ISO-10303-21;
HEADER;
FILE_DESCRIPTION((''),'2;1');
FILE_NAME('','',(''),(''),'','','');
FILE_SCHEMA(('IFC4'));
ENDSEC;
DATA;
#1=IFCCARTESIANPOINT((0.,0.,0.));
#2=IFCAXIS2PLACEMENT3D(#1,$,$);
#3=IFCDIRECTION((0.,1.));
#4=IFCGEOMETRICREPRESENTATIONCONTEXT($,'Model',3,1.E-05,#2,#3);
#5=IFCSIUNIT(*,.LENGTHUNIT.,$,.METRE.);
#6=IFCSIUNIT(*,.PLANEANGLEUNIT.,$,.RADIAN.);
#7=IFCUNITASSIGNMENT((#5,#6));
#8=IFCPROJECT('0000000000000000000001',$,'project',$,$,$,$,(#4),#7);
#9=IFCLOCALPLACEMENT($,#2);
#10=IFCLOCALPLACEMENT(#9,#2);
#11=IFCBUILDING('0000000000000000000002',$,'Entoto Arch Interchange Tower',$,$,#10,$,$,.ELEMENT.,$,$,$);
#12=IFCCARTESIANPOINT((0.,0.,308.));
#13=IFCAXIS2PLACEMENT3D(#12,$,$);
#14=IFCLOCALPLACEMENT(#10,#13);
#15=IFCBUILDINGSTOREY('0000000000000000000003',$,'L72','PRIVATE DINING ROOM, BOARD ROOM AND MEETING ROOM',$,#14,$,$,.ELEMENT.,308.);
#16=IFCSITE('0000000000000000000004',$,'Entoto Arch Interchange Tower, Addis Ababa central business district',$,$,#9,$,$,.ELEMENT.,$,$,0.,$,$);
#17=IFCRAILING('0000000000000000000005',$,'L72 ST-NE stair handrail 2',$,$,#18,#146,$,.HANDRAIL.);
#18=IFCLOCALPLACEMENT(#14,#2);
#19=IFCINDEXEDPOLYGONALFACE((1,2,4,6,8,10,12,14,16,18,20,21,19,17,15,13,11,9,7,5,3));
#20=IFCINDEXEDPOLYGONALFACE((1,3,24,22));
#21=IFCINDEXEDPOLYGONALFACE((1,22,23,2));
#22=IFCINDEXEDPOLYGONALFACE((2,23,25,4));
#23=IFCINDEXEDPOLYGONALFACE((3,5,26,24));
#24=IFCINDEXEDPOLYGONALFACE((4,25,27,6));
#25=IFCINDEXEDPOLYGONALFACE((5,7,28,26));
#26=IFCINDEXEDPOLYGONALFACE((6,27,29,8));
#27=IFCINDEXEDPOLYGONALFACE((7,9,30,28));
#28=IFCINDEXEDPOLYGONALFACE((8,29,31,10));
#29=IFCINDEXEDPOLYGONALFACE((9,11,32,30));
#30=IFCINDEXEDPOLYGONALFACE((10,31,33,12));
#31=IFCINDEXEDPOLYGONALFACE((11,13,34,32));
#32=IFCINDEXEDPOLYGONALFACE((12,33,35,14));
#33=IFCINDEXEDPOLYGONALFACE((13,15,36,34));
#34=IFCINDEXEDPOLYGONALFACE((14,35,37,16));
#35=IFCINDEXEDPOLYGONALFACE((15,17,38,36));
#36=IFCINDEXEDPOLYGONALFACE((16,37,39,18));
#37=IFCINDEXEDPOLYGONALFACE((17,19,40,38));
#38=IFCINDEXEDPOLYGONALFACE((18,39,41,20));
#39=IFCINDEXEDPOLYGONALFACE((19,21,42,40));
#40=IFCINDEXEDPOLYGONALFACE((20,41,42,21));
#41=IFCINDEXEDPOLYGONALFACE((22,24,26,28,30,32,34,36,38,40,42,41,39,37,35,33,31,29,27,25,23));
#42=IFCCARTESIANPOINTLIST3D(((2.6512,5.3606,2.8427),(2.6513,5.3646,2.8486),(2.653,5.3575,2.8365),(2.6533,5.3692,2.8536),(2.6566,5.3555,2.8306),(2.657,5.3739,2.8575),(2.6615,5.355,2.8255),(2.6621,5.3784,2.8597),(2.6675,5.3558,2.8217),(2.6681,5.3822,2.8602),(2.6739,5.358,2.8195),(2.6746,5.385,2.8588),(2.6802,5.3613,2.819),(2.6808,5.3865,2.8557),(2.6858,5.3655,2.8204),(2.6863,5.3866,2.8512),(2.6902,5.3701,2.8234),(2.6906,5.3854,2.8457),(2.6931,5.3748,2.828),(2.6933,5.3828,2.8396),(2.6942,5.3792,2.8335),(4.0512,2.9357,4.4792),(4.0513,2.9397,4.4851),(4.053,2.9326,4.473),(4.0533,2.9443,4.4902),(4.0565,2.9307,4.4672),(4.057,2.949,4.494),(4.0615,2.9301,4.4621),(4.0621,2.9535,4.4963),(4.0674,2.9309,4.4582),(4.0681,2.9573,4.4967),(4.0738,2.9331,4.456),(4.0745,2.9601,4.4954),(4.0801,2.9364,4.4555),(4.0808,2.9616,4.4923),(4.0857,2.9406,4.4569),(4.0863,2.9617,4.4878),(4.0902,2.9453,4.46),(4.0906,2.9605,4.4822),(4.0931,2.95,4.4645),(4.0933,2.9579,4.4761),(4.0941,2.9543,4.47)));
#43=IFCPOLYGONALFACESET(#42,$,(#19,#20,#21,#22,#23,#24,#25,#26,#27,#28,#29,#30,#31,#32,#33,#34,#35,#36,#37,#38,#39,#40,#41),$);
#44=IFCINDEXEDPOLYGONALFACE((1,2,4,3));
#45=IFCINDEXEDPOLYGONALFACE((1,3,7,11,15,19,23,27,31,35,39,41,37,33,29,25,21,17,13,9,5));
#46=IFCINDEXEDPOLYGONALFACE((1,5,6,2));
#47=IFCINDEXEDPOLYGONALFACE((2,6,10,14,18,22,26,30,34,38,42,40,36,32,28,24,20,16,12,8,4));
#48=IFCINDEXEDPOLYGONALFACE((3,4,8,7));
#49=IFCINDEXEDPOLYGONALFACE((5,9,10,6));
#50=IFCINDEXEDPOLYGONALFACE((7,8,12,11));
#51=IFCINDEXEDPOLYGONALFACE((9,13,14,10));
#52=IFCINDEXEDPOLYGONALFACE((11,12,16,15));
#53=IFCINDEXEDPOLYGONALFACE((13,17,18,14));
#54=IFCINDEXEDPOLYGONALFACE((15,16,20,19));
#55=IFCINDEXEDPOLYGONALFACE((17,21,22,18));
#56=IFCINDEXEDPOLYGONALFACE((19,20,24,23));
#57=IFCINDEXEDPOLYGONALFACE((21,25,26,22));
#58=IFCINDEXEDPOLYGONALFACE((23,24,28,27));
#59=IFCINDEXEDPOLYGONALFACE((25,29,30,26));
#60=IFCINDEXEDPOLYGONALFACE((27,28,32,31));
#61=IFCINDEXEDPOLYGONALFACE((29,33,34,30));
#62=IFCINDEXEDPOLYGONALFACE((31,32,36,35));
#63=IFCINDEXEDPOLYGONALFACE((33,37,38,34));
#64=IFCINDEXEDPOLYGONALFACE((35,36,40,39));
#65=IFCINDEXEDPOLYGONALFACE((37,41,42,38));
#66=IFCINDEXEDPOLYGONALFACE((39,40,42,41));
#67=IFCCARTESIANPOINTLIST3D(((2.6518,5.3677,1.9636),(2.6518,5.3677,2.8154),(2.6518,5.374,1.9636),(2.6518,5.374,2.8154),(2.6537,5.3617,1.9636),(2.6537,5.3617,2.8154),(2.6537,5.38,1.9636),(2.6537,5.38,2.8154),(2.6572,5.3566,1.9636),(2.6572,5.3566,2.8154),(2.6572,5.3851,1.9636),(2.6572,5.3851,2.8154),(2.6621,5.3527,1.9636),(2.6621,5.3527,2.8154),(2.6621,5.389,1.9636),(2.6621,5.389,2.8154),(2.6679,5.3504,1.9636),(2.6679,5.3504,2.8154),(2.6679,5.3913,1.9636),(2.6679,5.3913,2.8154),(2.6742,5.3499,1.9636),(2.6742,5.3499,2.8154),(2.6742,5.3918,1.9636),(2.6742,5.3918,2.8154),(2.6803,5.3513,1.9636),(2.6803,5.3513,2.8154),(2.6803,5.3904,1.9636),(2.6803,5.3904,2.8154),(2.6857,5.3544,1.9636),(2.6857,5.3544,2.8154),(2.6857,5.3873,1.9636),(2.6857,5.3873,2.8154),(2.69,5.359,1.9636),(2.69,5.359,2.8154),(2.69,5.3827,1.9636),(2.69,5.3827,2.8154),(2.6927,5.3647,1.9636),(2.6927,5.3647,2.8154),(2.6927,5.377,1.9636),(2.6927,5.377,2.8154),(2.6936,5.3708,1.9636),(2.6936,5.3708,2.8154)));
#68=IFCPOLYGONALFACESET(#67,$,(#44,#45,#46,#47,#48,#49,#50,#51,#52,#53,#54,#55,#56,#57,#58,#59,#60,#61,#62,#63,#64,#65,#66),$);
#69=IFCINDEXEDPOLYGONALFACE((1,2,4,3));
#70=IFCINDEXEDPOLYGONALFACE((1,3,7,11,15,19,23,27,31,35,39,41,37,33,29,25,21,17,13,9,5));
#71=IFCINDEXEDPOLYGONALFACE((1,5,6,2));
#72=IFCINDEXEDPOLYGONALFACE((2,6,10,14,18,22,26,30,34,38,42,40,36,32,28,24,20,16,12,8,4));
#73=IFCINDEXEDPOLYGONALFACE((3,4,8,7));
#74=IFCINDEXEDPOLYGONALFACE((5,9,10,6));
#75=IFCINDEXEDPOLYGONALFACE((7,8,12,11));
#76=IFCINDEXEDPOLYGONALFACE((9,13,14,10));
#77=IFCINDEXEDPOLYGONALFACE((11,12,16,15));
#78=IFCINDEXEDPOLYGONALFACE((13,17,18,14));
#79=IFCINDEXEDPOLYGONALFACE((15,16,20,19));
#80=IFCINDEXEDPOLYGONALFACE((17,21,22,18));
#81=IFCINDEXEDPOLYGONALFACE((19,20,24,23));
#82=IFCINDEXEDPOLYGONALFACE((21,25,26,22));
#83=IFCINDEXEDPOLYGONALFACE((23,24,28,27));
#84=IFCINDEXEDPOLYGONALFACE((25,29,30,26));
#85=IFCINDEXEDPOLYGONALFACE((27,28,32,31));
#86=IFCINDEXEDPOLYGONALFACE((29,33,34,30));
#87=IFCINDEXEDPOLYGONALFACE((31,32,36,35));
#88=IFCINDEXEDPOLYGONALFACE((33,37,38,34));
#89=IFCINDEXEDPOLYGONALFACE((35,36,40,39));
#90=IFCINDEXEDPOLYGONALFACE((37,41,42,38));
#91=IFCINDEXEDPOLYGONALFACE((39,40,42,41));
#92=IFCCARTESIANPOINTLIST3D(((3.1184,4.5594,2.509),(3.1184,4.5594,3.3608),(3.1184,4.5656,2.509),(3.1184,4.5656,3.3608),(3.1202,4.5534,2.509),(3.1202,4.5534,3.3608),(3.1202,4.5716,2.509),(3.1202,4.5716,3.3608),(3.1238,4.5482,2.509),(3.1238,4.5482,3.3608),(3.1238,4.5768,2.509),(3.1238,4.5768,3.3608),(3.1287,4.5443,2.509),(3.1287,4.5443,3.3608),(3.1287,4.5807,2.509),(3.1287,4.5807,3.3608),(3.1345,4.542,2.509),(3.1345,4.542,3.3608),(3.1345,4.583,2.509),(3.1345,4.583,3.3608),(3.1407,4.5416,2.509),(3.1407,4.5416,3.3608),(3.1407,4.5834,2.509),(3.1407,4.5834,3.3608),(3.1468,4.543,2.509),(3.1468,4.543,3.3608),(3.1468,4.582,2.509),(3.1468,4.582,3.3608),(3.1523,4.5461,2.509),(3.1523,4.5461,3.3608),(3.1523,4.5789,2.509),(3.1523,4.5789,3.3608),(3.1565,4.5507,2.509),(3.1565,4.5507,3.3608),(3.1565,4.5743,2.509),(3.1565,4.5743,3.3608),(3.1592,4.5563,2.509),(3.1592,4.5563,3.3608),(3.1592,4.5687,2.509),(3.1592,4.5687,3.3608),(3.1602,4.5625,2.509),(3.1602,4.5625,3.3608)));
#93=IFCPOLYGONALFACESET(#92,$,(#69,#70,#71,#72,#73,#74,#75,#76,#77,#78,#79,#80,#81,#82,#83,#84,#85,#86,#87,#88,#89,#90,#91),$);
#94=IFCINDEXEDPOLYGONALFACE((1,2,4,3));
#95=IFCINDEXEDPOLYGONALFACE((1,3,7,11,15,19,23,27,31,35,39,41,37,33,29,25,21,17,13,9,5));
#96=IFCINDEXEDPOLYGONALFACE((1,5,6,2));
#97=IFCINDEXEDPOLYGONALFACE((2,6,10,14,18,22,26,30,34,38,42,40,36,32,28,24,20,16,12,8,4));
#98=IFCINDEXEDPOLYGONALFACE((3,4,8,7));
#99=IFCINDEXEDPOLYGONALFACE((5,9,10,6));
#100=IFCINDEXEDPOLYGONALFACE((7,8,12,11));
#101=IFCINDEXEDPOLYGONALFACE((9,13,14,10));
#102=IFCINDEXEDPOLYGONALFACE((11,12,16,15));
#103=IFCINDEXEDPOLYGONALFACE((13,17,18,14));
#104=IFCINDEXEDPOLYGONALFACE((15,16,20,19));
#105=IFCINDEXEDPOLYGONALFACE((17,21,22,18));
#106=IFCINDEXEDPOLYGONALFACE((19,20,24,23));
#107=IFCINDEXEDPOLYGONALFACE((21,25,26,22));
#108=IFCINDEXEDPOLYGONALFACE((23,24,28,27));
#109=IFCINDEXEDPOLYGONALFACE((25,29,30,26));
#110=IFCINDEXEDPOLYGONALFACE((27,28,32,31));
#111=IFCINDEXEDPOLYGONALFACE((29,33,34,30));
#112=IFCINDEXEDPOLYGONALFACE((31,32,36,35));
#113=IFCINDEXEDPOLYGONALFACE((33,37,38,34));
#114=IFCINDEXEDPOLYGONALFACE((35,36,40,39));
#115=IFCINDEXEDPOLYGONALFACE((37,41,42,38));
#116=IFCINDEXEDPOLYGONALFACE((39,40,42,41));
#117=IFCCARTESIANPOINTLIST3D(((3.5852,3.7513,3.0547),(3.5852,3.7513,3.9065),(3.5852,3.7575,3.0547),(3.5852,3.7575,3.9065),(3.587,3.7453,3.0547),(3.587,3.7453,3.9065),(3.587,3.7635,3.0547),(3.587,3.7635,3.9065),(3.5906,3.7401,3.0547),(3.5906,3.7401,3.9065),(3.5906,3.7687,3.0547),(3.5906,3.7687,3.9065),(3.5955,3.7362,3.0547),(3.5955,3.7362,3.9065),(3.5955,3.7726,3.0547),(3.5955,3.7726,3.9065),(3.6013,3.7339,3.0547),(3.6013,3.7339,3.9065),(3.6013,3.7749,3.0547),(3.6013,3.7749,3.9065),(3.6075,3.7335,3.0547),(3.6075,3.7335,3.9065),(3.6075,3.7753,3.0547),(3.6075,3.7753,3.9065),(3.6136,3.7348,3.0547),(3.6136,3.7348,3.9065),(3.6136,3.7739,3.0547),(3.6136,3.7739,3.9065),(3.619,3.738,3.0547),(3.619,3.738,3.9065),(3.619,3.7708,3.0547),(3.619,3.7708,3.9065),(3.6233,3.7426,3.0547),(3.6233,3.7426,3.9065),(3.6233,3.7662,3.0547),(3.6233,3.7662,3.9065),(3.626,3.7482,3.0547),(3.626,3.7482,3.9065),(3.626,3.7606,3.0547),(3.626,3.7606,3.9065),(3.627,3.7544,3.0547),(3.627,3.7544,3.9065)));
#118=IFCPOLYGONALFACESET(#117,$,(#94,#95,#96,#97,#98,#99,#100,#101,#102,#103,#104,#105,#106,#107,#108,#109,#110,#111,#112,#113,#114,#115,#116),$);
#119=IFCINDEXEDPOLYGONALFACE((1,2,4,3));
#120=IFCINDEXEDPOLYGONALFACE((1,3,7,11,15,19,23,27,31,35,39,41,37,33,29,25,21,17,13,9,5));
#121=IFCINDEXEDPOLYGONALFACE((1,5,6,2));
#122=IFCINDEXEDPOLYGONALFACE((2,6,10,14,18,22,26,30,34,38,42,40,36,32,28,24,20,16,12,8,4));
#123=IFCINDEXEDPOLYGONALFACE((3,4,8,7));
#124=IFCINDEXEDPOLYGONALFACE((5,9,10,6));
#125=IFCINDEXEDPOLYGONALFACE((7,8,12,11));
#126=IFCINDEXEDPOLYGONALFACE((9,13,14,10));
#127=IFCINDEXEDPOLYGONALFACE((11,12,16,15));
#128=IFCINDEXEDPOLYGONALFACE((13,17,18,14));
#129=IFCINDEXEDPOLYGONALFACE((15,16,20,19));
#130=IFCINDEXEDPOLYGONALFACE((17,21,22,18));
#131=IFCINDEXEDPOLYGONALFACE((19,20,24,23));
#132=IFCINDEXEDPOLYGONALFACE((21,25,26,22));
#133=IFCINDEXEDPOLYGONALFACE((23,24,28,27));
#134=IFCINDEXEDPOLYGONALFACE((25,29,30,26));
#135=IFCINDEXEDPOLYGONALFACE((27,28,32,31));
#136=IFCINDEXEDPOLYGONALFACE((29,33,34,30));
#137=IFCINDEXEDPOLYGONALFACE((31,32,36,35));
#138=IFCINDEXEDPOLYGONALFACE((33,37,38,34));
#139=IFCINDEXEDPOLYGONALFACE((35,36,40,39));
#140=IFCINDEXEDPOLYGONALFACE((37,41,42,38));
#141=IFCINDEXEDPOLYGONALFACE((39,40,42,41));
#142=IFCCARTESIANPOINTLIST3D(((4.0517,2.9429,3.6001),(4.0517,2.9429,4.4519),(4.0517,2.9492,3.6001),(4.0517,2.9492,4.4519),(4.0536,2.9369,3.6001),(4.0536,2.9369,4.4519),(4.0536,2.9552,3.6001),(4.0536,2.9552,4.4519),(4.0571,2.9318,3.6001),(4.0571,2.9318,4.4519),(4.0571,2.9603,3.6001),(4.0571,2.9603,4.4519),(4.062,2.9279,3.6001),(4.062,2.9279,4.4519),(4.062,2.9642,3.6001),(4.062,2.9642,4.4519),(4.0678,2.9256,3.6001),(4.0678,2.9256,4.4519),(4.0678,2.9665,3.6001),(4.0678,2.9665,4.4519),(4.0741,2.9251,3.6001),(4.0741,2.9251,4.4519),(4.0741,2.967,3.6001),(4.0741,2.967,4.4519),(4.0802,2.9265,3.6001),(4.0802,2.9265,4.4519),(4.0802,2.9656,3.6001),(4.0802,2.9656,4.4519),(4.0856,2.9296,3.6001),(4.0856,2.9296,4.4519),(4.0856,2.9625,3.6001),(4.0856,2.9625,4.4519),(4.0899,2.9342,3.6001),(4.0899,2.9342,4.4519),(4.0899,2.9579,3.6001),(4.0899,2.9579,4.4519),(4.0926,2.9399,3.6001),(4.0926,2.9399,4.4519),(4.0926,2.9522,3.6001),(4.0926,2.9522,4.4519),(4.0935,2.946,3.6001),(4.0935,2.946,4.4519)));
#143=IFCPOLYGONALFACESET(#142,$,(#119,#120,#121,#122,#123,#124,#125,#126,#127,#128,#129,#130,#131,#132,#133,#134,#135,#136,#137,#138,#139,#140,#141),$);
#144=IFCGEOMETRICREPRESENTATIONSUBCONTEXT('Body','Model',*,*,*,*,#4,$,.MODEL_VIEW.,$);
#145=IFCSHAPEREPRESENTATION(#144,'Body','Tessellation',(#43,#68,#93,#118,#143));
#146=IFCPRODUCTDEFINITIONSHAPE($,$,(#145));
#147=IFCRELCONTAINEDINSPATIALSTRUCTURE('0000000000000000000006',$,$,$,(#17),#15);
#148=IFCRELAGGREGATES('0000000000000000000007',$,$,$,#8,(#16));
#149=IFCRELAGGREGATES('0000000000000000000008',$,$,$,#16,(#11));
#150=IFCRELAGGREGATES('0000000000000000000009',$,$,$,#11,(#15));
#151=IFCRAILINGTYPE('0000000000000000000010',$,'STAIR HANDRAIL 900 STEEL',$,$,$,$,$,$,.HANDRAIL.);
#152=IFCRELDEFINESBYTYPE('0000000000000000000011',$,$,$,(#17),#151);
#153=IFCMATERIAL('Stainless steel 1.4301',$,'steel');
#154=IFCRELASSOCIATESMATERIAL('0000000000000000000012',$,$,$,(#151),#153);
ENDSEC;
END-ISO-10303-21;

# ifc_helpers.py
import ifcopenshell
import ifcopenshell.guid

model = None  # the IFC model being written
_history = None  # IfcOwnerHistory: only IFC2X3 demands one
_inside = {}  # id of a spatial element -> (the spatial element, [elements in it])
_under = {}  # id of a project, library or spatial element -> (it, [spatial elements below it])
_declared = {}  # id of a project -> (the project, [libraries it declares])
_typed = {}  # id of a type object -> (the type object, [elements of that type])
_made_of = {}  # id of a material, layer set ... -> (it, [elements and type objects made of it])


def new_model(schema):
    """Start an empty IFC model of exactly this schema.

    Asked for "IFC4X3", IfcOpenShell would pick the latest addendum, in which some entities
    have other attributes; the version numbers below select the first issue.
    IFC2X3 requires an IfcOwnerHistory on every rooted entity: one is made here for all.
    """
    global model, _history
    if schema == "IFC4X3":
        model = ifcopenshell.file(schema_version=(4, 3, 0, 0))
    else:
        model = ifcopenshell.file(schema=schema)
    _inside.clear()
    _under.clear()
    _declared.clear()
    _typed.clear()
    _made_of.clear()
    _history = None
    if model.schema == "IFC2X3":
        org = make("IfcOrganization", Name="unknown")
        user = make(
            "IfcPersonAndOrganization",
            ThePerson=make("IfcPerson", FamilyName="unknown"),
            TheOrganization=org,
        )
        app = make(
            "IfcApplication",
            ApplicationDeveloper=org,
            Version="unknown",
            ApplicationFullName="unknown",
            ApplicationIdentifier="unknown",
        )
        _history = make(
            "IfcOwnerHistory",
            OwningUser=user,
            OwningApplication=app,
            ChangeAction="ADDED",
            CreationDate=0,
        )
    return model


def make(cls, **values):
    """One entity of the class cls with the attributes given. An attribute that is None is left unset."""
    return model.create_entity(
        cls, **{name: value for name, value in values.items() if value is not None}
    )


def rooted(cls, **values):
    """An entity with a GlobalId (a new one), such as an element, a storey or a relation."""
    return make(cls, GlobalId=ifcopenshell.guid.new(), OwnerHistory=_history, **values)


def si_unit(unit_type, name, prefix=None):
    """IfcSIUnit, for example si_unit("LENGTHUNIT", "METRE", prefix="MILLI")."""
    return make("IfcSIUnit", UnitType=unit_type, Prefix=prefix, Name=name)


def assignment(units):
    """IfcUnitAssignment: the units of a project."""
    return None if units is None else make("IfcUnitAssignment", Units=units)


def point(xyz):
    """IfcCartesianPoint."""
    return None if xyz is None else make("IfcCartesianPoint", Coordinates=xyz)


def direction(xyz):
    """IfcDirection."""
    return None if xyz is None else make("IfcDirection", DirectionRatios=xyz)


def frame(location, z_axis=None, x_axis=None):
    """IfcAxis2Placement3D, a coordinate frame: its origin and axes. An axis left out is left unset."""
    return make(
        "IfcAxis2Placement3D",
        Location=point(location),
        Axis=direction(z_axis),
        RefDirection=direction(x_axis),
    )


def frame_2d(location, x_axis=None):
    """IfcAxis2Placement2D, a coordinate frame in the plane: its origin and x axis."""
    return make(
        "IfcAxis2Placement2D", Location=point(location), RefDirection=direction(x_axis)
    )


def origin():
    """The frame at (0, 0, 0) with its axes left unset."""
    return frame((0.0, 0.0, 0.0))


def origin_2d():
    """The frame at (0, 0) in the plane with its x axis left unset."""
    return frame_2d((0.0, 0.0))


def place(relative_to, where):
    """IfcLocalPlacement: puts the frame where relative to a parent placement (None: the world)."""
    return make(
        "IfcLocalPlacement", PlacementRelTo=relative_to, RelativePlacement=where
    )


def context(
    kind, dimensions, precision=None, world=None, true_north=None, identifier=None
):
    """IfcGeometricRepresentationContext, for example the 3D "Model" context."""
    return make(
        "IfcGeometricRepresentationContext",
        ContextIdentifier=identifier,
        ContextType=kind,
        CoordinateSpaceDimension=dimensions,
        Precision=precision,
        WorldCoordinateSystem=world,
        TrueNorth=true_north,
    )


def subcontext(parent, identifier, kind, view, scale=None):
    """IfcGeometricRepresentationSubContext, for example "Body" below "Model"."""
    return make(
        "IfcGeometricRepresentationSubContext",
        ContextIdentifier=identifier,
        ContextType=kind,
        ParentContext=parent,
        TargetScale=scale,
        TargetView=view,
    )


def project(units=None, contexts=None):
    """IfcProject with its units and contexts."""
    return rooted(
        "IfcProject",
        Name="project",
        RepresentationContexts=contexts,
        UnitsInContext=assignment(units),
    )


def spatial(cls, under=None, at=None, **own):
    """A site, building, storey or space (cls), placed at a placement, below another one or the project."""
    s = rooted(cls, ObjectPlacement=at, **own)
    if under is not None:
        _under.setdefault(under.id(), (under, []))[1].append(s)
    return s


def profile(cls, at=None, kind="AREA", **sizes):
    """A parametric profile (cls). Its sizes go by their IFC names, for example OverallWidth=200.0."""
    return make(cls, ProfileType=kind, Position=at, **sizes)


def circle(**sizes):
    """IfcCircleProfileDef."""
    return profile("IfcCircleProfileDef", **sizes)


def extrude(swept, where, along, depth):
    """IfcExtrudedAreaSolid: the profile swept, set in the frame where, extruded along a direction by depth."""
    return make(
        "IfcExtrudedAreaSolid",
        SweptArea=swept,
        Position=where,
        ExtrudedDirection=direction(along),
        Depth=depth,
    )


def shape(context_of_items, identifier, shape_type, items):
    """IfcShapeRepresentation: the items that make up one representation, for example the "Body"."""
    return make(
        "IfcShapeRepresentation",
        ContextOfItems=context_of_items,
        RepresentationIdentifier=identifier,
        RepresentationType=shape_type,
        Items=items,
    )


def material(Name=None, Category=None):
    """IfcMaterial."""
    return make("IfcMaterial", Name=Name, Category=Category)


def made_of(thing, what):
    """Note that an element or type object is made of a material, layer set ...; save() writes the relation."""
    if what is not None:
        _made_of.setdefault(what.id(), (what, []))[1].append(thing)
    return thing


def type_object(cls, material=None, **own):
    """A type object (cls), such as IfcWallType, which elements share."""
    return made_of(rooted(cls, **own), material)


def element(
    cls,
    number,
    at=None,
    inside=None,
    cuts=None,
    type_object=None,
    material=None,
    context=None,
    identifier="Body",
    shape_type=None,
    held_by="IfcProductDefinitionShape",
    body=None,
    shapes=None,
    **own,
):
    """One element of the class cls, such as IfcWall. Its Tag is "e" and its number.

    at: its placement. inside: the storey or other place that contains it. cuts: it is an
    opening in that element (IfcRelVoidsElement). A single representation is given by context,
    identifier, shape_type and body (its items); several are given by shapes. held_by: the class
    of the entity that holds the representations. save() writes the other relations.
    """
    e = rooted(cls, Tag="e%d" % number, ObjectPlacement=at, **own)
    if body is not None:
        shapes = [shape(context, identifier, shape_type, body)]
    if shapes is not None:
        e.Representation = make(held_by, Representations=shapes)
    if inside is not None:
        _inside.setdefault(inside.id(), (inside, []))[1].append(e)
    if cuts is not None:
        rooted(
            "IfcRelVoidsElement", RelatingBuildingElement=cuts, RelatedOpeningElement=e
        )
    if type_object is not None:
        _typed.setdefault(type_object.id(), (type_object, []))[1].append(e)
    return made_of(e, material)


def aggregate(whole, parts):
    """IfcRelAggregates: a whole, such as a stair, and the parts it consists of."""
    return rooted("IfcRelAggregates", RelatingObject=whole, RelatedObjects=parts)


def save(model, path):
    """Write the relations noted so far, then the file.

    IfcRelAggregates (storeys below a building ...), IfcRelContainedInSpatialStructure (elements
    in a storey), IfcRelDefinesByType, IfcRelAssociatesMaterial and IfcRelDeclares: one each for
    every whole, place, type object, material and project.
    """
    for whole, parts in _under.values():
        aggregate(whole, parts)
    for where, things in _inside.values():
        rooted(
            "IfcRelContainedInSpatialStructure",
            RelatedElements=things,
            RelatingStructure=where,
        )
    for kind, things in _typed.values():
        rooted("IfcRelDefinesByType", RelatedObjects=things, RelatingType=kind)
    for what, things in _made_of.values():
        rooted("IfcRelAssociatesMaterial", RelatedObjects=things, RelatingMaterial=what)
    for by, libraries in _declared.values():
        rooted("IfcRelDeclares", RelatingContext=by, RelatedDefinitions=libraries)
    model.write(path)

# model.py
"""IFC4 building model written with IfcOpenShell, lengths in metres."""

from ifc_helpers import new_model, si_unit, direction, frame, origin, origin_2d, place, context, subcontext, project, spatial, circle, extrude, material, type_object, element, save


model = new_model("IFC4")

# Units and contexts
model_context = context("Model", 3, precision=1e-05, world=origin(), true_north=direction((0.0, 1.0)))
body_context = subcontext(model_context, "Body", "Model", "MODEL_VIEW")
ifc_project = project(units=[si_unit("LENGTHUNIT", "METRE"), si_unit("PLANEANGLEUNIT", "RADIAN")], contexts=[model_context])

# Site, building, storey
site_placement = place(None, origin())
site = spatial("IfcSite", under=ifc_project, at=site_placement, Name="Entoto Arch Interchange Tower, Addis Ababa central business district", CompositionType="ELEMENT", RefElevation=0.0)
building_placement = place(site_placement, origin())
building = spatial("IfcBuilding", under=site, at=building_placement, Name="Entoto Arch Interchange Tower", CompositionType="ELEMENT")
storey_placement = place(building_placement, frame((0.0, 0.0, 308.0)))
storey = spatial("IfcBuildingStorey", under=building, at=storey_placement, Name="L72", Description="PRIVATE DINING ROOM, BOARD ROOM AND MEETING ROOM", CompositionType="ELEMENT", Elevation=308.0)

# Railing
ifc_material_1 = material(Name="Stainless steel 1.4301", Category="steel")
railing_type_1 = type_object("IfcRailingType", Name="STAIR HANDRAIL 900 STEEL", PredefinedType="HANDRAIL", material=ifc_material_1)
railing_1_placement = place(storey_placement, frame((2.6726, 5.3708, 1.9636)))
element("IfcRailing", 1, at=railing_1_placement, inside=storey, type_object=railing_type_1, Name="L72 ST-NE stair handrail 2", PredefinedType="HANDRAIL", context=body_context, shape_type="SweptSolid", body=[
    extrude(circle(Radius=0.0239, at=origin_2d()), frame((0.0, 0.0, 0.876), z_axis=(0.431661, -0.74769, 0.504608), x_axis=(0.866035, 0.499984, 0.0)), (0.0, 0.0, 1.0), 3.2432),
    extrude(circle(Radius=0.021, at=origin_2d()), origin(), (0.0, 0.0, 1.0), 0.8518),
    extrude(circle(Radius=0.021, at=origin_2d()), frame((0.4666, -0.8083, 0.5454)), (0.0, 0.0, 1.0), 0.8518),
    extrude(circle(Radius=0.021, at=origin_2d()), frame((0.9333, -1.6165, 1.0911)), (0.0, 0.0, 1.0), 0.8518),
    extrude(circle(Radius=0.021, at=origin_2d()), frame((1.3999, -2.4248, 1.6365)), (0.0, 0.0, 1.0), 0.8518),
])

save(model, "model.ifc")
